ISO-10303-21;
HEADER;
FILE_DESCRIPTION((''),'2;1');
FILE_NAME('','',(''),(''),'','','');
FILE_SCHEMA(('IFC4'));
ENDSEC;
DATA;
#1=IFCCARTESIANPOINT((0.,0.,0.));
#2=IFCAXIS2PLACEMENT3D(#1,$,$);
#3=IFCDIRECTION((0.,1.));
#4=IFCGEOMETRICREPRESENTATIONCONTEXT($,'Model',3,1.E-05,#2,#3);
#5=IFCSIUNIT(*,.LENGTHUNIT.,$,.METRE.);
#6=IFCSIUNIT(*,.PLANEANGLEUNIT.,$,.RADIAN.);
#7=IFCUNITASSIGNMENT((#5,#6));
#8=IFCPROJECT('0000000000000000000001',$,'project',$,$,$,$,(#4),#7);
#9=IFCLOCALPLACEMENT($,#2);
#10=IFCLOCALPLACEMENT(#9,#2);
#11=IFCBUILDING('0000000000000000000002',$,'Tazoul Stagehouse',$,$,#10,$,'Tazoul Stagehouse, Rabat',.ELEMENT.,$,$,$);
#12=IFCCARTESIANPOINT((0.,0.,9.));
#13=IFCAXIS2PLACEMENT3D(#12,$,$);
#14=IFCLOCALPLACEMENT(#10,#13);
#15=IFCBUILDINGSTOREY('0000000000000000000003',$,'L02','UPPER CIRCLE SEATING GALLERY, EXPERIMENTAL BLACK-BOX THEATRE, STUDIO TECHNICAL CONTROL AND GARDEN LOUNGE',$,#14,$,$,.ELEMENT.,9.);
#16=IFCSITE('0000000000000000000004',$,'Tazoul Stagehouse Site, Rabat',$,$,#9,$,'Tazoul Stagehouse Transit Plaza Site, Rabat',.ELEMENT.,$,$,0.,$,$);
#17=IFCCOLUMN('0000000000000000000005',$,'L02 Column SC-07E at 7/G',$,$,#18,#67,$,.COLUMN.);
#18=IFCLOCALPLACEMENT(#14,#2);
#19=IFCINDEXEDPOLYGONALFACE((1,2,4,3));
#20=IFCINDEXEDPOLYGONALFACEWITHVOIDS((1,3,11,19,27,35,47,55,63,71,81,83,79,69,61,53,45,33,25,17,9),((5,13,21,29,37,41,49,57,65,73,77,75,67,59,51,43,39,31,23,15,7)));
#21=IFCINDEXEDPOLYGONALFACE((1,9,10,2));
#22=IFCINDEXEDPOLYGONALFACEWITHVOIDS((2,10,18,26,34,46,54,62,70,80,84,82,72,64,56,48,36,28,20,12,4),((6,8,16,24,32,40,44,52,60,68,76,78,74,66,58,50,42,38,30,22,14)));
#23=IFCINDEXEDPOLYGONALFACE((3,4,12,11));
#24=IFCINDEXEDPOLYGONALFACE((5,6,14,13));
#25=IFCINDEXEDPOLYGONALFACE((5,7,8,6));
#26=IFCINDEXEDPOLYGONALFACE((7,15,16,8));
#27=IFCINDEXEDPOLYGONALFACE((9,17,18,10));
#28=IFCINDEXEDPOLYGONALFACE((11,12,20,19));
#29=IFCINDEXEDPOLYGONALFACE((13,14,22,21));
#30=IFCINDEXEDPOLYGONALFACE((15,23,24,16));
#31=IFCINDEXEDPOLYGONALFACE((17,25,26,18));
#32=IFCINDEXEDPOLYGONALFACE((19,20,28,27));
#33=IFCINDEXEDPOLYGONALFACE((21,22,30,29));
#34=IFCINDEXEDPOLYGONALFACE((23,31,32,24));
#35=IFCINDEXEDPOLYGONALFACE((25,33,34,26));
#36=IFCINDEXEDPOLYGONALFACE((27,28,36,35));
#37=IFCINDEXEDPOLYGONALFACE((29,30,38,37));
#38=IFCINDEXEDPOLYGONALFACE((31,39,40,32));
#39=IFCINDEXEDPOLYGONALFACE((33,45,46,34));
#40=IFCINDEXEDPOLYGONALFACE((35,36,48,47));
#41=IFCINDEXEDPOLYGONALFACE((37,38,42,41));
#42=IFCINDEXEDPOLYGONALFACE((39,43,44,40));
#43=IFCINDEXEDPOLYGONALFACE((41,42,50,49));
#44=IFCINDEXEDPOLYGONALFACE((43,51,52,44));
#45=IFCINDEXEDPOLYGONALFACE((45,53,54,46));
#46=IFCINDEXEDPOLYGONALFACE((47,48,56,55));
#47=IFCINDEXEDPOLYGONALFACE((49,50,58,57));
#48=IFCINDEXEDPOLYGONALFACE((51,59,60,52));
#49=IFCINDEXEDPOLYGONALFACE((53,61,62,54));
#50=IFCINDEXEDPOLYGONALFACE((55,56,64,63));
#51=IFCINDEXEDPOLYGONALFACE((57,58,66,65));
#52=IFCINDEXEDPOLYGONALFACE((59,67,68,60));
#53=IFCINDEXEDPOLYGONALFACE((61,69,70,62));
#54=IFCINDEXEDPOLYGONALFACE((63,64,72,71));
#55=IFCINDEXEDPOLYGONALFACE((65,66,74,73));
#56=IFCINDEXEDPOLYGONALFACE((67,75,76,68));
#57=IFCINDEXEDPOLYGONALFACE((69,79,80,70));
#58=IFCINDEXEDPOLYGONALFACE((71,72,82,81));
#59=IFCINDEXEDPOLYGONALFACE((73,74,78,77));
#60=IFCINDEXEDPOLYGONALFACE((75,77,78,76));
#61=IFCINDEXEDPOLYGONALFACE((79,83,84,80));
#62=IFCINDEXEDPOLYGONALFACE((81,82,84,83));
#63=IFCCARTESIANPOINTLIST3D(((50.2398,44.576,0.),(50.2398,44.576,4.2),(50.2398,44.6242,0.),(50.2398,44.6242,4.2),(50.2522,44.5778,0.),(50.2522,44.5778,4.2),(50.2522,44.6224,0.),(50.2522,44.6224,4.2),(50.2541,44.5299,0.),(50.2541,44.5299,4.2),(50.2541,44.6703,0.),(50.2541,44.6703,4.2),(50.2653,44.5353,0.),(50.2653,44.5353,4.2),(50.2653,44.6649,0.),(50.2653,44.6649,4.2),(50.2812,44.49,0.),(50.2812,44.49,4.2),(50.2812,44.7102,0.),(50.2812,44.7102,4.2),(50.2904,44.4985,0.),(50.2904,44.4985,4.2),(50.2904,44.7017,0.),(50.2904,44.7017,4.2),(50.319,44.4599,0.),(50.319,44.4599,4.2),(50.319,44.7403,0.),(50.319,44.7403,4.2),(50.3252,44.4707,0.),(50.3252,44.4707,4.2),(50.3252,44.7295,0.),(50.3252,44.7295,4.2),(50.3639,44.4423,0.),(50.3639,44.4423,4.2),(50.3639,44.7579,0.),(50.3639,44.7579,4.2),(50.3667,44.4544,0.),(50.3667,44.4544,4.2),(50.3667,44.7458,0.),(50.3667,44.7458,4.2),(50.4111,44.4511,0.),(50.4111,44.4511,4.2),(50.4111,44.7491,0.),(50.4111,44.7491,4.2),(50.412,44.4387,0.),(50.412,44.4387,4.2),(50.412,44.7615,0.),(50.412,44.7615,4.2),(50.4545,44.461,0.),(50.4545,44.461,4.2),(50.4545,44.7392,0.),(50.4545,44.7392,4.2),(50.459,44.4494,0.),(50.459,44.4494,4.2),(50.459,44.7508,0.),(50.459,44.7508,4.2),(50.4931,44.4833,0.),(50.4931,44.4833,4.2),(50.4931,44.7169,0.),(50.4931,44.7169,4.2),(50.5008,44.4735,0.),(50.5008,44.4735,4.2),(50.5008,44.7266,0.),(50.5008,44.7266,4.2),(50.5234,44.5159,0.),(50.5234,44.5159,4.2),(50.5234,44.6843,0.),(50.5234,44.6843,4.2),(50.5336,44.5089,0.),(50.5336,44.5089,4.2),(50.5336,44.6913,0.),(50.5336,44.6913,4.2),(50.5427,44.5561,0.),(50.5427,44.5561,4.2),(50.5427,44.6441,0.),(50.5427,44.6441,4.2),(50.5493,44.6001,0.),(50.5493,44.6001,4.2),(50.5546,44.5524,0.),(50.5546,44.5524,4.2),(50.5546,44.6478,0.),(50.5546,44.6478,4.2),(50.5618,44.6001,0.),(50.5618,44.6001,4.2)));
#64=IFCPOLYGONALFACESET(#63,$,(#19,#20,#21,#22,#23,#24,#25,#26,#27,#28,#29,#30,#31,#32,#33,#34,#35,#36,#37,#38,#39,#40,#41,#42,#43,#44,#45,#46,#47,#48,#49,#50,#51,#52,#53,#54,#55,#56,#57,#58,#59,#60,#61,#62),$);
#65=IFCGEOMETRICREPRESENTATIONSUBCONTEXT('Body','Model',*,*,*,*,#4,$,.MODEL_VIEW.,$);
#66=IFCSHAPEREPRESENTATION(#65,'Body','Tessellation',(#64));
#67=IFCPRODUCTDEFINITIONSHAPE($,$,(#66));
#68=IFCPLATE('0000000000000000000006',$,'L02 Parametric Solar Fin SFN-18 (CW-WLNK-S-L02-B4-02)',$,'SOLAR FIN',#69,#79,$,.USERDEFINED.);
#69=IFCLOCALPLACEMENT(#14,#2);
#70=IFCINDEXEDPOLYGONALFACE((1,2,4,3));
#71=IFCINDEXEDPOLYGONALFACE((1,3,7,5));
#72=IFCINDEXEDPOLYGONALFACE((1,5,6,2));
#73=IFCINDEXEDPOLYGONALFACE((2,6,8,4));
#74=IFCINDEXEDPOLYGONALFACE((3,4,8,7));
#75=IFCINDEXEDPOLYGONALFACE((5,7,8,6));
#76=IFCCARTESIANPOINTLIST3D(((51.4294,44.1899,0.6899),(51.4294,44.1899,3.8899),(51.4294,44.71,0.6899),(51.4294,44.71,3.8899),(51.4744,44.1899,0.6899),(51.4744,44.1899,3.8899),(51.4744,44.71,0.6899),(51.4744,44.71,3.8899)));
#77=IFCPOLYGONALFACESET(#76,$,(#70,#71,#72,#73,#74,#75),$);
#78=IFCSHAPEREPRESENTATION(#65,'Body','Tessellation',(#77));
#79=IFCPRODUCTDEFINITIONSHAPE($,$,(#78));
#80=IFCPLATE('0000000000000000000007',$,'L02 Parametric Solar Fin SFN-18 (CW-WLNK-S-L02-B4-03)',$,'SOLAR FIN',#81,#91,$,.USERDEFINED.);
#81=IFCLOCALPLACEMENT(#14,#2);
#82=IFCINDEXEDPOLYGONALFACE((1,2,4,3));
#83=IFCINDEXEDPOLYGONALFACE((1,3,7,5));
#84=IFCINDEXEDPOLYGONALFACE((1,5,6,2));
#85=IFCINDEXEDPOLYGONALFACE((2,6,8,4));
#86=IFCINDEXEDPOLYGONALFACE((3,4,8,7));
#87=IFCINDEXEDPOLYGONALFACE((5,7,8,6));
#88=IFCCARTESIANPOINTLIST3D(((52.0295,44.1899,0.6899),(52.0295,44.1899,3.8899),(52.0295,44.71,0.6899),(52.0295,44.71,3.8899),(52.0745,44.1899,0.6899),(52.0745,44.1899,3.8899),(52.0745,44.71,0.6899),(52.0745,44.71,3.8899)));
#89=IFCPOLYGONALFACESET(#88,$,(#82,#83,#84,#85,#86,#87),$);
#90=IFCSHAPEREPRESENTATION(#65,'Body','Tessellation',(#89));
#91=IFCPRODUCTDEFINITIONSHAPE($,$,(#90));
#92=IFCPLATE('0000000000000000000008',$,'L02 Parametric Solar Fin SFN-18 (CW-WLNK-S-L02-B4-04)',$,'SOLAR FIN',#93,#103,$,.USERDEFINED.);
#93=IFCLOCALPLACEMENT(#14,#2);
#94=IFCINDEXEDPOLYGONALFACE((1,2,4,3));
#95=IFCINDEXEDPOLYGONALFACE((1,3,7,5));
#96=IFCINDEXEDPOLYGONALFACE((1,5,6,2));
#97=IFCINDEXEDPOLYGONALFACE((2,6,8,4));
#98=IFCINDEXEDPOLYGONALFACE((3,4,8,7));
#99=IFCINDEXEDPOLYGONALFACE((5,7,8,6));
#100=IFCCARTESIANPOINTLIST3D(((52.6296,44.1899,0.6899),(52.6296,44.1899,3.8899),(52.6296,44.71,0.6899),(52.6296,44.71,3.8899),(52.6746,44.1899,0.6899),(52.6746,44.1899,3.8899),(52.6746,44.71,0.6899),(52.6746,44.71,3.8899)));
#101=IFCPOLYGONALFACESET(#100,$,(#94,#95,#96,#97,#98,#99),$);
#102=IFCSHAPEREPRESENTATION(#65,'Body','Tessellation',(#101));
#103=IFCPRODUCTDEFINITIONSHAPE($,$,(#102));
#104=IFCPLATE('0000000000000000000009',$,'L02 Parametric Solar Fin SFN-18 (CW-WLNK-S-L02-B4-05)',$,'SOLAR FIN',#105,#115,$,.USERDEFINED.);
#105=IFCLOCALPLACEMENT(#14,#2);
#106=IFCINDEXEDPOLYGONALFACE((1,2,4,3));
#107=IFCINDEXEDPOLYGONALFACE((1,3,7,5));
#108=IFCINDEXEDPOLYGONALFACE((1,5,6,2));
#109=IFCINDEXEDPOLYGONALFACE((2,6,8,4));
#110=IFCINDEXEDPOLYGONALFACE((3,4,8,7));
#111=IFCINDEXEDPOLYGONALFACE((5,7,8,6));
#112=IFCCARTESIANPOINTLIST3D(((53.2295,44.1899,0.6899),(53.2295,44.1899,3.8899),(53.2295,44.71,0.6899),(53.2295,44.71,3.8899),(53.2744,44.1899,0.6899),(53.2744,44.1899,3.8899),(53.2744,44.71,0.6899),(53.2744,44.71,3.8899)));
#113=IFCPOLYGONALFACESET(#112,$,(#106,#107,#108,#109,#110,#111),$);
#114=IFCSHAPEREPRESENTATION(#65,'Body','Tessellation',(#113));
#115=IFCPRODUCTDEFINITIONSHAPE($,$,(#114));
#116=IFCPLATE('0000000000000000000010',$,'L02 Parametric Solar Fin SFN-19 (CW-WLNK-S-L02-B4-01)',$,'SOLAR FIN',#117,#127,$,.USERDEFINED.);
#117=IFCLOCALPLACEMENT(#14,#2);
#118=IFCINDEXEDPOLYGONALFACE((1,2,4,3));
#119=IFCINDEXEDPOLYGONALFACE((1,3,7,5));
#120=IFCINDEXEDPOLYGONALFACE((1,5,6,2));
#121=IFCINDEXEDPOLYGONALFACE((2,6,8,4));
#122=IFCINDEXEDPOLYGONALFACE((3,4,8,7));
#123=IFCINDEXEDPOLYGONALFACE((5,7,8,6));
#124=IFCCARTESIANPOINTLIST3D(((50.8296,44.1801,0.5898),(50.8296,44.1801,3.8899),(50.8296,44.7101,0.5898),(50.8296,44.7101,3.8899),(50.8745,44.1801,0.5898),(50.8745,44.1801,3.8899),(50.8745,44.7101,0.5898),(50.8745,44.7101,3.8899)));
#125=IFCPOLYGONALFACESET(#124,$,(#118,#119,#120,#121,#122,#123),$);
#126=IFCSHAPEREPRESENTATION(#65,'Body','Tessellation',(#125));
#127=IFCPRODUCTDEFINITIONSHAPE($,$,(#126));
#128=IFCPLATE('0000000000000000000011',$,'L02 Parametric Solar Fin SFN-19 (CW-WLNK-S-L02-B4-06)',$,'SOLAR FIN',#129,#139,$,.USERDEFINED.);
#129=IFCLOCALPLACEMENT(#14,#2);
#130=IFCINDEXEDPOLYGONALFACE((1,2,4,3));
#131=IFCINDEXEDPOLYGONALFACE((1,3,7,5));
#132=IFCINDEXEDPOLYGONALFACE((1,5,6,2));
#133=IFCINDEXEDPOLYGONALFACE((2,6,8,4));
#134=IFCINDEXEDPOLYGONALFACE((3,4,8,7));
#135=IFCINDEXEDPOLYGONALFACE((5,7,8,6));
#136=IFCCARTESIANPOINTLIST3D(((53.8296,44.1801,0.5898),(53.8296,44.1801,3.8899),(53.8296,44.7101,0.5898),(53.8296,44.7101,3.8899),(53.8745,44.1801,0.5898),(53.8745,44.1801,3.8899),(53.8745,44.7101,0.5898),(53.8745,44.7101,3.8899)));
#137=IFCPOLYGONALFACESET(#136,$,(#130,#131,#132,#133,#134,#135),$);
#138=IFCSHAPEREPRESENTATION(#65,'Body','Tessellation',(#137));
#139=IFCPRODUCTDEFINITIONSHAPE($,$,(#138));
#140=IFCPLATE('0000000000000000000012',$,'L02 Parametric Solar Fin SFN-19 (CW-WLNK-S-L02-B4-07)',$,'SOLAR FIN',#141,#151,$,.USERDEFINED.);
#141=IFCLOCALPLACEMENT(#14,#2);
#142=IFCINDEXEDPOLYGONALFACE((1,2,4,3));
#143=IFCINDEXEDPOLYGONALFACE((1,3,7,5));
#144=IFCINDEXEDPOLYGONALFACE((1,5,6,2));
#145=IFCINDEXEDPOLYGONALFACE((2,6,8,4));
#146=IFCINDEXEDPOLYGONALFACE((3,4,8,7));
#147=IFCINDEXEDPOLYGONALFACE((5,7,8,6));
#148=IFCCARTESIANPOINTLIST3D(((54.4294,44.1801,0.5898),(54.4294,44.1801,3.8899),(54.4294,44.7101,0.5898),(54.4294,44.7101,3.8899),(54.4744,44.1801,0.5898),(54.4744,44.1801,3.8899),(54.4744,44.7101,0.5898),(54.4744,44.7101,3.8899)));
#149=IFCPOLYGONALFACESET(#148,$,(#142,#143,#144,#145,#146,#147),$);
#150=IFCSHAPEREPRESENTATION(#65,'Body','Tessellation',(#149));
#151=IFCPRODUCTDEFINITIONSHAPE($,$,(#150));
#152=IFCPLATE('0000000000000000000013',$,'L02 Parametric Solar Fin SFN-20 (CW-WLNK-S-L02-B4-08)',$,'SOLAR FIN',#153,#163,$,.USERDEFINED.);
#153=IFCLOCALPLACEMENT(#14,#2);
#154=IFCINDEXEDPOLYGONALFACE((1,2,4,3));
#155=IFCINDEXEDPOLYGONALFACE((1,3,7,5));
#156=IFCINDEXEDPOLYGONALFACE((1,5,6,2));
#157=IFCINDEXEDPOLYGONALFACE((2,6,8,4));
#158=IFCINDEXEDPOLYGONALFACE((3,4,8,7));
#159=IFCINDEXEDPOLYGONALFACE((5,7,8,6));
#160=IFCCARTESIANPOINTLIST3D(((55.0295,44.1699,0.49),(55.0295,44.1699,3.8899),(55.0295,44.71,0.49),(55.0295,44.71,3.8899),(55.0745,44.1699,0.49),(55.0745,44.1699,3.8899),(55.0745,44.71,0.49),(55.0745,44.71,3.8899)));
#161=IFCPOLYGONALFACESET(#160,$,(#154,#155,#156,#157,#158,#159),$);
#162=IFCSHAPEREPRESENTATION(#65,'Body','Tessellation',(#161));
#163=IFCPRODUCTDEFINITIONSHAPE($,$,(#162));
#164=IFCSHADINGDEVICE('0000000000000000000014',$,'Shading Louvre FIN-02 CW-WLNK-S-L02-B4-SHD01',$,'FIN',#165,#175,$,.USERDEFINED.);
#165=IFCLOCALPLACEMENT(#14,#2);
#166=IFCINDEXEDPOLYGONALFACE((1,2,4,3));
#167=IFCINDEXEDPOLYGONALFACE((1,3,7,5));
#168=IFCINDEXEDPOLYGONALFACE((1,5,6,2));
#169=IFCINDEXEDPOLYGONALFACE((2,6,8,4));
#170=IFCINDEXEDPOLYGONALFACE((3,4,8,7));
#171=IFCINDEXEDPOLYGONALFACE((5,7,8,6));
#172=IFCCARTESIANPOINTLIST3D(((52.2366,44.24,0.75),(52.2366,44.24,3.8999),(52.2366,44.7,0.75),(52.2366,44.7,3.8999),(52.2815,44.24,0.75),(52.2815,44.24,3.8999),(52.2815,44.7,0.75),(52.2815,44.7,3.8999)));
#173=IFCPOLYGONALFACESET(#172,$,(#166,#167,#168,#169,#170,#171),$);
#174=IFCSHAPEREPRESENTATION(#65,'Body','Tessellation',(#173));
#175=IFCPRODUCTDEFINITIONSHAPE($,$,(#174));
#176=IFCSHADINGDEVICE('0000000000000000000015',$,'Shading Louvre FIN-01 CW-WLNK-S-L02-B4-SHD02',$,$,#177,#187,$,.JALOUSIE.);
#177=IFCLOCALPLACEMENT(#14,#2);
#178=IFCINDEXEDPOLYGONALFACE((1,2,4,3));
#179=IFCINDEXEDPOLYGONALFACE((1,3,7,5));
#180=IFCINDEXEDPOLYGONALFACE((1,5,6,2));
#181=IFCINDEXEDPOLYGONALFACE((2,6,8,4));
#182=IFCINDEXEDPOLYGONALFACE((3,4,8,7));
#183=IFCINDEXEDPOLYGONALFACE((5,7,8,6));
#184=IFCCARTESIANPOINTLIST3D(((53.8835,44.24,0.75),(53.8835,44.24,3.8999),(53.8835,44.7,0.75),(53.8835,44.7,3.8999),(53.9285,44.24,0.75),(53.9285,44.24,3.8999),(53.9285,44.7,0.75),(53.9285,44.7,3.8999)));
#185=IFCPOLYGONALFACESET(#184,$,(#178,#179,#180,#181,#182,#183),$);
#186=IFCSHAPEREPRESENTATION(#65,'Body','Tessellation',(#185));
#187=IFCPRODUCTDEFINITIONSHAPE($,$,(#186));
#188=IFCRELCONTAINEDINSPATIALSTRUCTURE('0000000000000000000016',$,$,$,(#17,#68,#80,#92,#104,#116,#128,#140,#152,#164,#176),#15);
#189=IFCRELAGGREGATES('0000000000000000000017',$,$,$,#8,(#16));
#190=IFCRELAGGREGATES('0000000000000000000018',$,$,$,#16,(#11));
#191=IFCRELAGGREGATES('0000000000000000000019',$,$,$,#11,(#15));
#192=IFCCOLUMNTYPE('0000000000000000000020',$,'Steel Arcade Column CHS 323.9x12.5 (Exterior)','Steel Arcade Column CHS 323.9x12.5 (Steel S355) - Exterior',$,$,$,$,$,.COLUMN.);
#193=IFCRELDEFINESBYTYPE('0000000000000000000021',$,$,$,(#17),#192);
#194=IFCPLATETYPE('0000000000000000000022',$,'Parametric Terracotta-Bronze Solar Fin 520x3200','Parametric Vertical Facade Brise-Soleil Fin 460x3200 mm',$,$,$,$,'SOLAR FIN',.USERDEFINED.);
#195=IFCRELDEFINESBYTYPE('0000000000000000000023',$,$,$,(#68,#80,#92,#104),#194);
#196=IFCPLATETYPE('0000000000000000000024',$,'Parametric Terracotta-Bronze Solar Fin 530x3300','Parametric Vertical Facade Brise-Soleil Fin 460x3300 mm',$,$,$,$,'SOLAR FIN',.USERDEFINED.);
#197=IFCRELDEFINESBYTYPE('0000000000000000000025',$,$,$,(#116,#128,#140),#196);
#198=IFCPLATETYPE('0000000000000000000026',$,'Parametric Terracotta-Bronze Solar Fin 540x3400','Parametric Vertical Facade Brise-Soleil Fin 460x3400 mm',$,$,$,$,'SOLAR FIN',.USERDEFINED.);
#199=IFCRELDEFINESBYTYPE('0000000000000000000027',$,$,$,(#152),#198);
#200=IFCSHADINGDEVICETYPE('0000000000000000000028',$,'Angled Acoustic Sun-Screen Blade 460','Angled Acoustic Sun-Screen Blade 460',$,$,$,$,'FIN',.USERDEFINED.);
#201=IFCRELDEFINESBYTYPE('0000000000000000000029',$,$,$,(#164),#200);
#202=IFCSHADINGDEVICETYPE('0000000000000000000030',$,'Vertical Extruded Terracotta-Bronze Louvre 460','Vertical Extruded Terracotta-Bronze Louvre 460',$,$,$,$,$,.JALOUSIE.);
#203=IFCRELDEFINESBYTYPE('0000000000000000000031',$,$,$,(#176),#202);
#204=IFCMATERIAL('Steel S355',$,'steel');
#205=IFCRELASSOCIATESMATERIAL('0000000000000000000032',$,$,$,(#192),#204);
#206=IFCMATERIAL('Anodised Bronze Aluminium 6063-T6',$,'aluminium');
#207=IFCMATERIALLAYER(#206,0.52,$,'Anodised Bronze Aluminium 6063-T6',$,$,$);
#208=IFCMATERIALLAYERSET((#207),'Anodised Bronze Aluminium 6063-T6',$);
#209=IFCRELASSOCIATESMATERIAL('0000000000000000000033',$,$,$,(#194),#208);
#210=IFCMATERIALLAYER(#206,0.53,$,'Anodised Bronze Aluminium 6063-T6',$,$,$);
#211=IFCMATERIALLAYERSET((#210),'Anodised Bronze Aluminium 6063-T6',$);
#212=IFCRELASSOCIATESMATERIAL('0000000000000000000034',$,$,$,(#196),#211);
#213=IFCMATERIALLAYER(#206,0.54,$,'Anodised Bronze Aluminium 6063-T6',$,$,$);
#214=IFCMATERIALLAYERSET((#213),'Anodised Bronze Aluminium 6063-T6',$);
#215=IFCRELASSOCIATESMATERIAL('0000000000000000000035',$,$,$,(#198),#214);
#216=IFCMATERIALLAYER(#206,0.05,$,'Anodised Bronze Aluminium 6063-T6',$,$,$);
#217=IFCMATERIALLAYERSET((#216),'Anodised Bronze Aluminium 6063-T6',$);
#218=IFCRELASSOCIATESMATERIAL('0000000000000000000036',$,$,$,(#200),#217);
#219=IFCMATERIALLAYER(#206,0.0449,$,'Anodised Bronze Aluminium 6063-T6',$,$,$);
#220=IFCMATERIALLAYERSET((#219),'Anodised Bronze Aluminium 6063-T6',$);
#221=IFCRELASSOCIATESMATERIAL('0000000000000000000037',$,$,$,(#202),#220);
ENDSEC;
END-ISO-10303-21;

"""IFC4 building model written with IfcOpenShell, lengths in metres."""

from ifc_helpers import new_model, si_unit, direction, frame, origin, origin_2d, place, context, subcontext, project, spatial, rectangle, hollow_circle, extrude, material, layer, layer_set, material_profile, profile_set, type_object, element, save


model = new_model("IFC4")

# Units and contexts
model_context = context("Model", 3, precision=1e-05, world=origin(), true_north=direction((0.0, 1.0)))
body_context = subcontext(model_context, "Body", "Model", "MODEL_VIEW")
ifc_project = project(units=[si_unit("LENGTHUNIT", "METRE"), si_unit("PLANEANGLEUNIT", "RADIAN")], contexts=[model_context])

# Site, building, storey
site_placement = place(None, origin())
site = spatial("IfcSite", under=ifc_project, at=site_placement, Name="Tazoul Stagehouse Site, Rabat", LongName="Tazoul Stagehouse Transit Plaza Site, Rabat", CompositionType="ELEMENT", RefElevation=0.0)
building_placement = place(site_placement, origin())
building = spatial("IfcBuilding", under=site, at=building_placement, Name="Tazoul Stagehouse", LongName="Tazoul Stagehouse, Rabat", CompositionType="ELEMENT")
storey_placement = place(building_placement, frame((0.0, 0.0, 9.0)))
storey = spatial("IfcBuildingStorey", under=building, at=storey_placement, Name="L02", Description="UPPER CIRCLE SEATING GALLERY, EXPERIMENTAL BLACK-BOX THEATRE, STUDIO TECHNICAL CONTROL AND GARDEN LOUNGE", CompositionType="ELEMENT", Elevation=9.0)

# Column
ifc_material_1 = material(Name="Steel S355", Category="steel")
ifc_material_profile = material_profile(ifc_material_1, hollow_circle(Radius=0.1619, WallThickness=0.0125, at=origin_2d()), Name="CHS 323.9x12.5")
ifc_profile_set = profile_set([ifc_material_profile], Name="Steel S355")
column_type = type_object("IfcColumnType", Name="Steel Arcade Column CHS 323.9x12.5 (Exterior)", Description="Steel Arcade Column CHS 323.9x12.5 (Steel S355) - Exterior", PredefinedType="COLUMN", material=ifc_profile_set)
column_placement = place(storey_placement, frame((50.3999, 44.6001, 0.0), z_axis=(0.0, 0.0, 1.0), x_axis=(1.0, 0.0, 0.0)))
element("IfcColumn", 1, at=column_placement, inside=storey, type_object=column_type, Name="L02 Column SC-07E at 7/G", PredefinedType="COLUMN", context=body_context, shape_type="SweptSolid", body=[
    extrude(hollow_circle(Radius=0.1619, WallThickness=0.0125, at=origin_2d()), origin(), (0.0, 0.0, 1.0), 4.2),
])

# Plates
ifc_material_2 = material(Name="Anodised Bronze Aluminium 6063-T6", Category="aluminium")
ifc_layer_1 = layer(ifc_material_2, 0.52, Name="Anodised Bronze Aluminium 6063-T6")
ifc_layer_set_1 = layer_set([ifc_layer_1], Name="Anodised Bronze Aluminium 6063-T6")
plate_type_1 = type_object("IfcPlateType", Name="Parametric Terracotta-Bronze Solar Fin 520x3200", Description="Parametric Vertical Facade Brise-Soleil Fin 460x3200 mm", ElementType="SOLAR FIN", PredefinedType="USERDEFINED", material=ifc_layer_set_1)
for number, where, z_axis, x_axis, name in (
    (2, (51.4519, 44.45, 0.6899), (0.0, 0.0, 1.0), (1.0, 0.0, 0.0), "L02 Parametric Solar Fin SFN-18 (CW-WLNK-S-L02-B4-02)"),
    (3, (52.052, 44.45, 0.6899), (0.0, 0.0, 1.0), (1.0, 0.0, 0.0), "L02 Parametric Solar Fin SFN-18 (CW-WLNK-S-L02-B4-03)"),
    (4, (52.6521, 44.45, 0.6899), (0.0, 0.0, 1.0), (1.0, 0.0, 0.0), "L02 Parametric Solar Fin SFN-18 (CW-WLNK-S-L02-B4-04)"),
    (5, (53.252, 44.45, 0.6899), (0.0, 0.0, 1.0), (1.0, 0.0, 0.0), "L02 Parametric Solar Fin SFN-18 (CW-WLNK-S-L02-B4-05)"),
):
    element("IfcPlate", number, at=place(storey_placement, frame(where, z_axis=z_axis, x_axis=x_axis)), inside=storey, type_object=plate_type_1, Name=name, ObjectType="SOLAR FIN", PredefinedType="USERDEFINED", context=body_context, shape_type="SweptSolid", body=[
        extrude(rectangle(XDim=0.0449, YDim=0.52, at=origin_2d()), origin(), (0.0, 0.0, 1.0), 3.2),
    ])
ifc_layer_2 = layer(ifc_material_2, 0.53, Name="Anodised Bronze Aluminium 6063-T6")
ifc_layer_set_2 = layer_set([ifc_layer_2], Name="Anodised Bronze Aluminium 6063-T6")
plate_type_2 = type_object("IfcPlateType", Name="Parametric Terracotta-Bronze Solar Fin 530x3300", Description="Parametric Vertical Facade Brise-Soleil Fin 460x3300 mm", ElementType="SOLAR FIN", PredefinedType="USERDEFINED", material=ifc_layer_set_2)
for number, where, z_axis, x_axis, name in (
    (6, (50.8521, 44.4451, 0.5898), (0.0, 0.0, 1.0), (1.0, 0.0, 0.0), "L02 Parametric Solar Fin SFN-19 (CW-WLNK-S-L02-B4-01)"),
    (7, (53.8521, 44.4451, 0.5898), (0.0, 0.0, 1.0), (1.0, 0.0, 0.0), "L02 Parametric Solar Fin SFN-19 (CW-WLNK-S-L02-B4-06)"),
    (8, (54.4519, 44.4451, 0.5898), (0.0, 0.0, 1.0), (1.0, 0.0, 0.0), "L02 Parametric Solar Fin SFN-19 (CW-WLNK-S-L02-B4-07)"),
):
    element("IfcPlate", number, at=place(storey_placement, frame(where, z_axis=z_axis, x_axis=x_axis)), inside=storey, type_object=plate_type_2, Name=name, ObjectType="SOLAR FIN", PredefinedType="USERDEFINED", context=body_context, shape_type="SweptSolid", body=[
        extrude(rectangle(XDim=0.0449, YDim=0.53, at=origin_2d()), origin(), (0.0, 0.0, 1.0), 3.3),
    ])
ifc_layer_3 = layer(ifc_material_2, 0.54, Name="Anodised Bronze Aluminium 6063-T6")
ifc_layer_set_3 = layer_set([ifc_layer_3], Name="Anodised Bronze Aluminium 6063-T6")
plate_type_3 = type_object("IfcPlateType", Name="Parametric Terracotta-Bronze Solar Fin 540x3400", Description="Parametric Vertical Facade Brise-Soleil Fin 460x3400 mm", ElementType="SOLAR FIN", PredefinedType="USERDEFINED", material=ifc_layer_set_3)
plate_placement = place(storey_placement, frame((55.052, 44.4399, 0.49), z_axis=(0.0, 0.0, 1.0), x_axis=(1.0, 0.0, 0.0)))
element("IfcPlate", 9, at=plate_placement, inside=storey, type_object=plate_type_3, Name="L02 Parametric Solar Fin SFN-20 (CW-WLNK-S-L02-B4-08)", ObjectType="SOLAR FIN", PredefinedType="USERDEFINED", context=body_context, shape_type="SweptSolid", body=[
    extrude(rectangle(XDim=0.0449, YDim=0.54, at=origin_2d()), origin(), (0.0, 0.0, 1.0), 3.3999),
])

# Shading devices
ifc_layer_4 = layer(ifc_material_2, 0.05, Name="Anodised Bronze Aluminium 6063-T6")
ifc_layer_set_4 = layer_set([ifc_layer_4], Name="Anodised Bronze Aluminium 6063-T6")
shading_device_type_1 = type_object("IfcShadingDeviceType", Name="Angled Acoustic Sun-Screen Blade 460", Description="Angled Acoustic Sun-Screen Blade 460", ElementType="FIN", PredefinedType="USERDEFINED", material=ifc_layer_set_4)
shading_device_1_placement = place(storey_placement, frame((52.259, 44.47, 0.75), z_axis=(0.0, 0.0, 1.0), x_axis=(1.0, 0.0, 0.0)))
element("IfcShadingDevice", 10, at=shading_device_1_placement, inside=storey, type_object=shading_device_type_1, Name="Shading Louvre FIN-02 CW-WLNK-S-L02-B4-SHD01", ObjectType="FIN", PredefinedType="USERDEFINED", context=body_context, shape_type="SweptSolid", body=[
    extrude(rectangle(XDim=0.0449, YDim=0.46, at=origin_2d()), origin(), (0.0, 0.0, 1.0), 3.1499),
])
ifc_layer_5 = layer(ifc_material_2, 0.0449, Name="Anodised Bronze Aluminium 6063-T6")
ifc_layer_set_5 = layer_set([ifc_layer_5], Name="Anodised Bronze Aluminium 6063-T6")
shading_device_type_2 = type_object("IfcShadingDeviceType", Name="Vertical Extruded Terracotta-Bronze Louvre 460", Description="Vertical Extruded Terracotta-Bronze Louvre 460", PredefinedType="JALOUSIE", material=ifc_layer_set_5)
shading_device_2_placement = place(storey_placement, frame((53.906, 44.47, 0.75), z_axis=(0.0, 0.0, 1.0), x_axis=(1.0, 0.0, 0.0)))
element("IfcShadingDevice", 11, at=shading_device_2_placement, inside=storey, type_object=shading_device_type_2, Name="Shading Louvre FIN-01 CW-WLNK-S-L02-B4-SHD02", PredefinedType="JALOUSIE", context=body_context, shape_type="SweptSolid", body=[
    extrude(rectangle(XDim=0.0449, YDim=0.46, at=origin_2d()), origin(), (0.0, 0.0, 1.0), 3.1499),
])

save(model, "model.ifc")
